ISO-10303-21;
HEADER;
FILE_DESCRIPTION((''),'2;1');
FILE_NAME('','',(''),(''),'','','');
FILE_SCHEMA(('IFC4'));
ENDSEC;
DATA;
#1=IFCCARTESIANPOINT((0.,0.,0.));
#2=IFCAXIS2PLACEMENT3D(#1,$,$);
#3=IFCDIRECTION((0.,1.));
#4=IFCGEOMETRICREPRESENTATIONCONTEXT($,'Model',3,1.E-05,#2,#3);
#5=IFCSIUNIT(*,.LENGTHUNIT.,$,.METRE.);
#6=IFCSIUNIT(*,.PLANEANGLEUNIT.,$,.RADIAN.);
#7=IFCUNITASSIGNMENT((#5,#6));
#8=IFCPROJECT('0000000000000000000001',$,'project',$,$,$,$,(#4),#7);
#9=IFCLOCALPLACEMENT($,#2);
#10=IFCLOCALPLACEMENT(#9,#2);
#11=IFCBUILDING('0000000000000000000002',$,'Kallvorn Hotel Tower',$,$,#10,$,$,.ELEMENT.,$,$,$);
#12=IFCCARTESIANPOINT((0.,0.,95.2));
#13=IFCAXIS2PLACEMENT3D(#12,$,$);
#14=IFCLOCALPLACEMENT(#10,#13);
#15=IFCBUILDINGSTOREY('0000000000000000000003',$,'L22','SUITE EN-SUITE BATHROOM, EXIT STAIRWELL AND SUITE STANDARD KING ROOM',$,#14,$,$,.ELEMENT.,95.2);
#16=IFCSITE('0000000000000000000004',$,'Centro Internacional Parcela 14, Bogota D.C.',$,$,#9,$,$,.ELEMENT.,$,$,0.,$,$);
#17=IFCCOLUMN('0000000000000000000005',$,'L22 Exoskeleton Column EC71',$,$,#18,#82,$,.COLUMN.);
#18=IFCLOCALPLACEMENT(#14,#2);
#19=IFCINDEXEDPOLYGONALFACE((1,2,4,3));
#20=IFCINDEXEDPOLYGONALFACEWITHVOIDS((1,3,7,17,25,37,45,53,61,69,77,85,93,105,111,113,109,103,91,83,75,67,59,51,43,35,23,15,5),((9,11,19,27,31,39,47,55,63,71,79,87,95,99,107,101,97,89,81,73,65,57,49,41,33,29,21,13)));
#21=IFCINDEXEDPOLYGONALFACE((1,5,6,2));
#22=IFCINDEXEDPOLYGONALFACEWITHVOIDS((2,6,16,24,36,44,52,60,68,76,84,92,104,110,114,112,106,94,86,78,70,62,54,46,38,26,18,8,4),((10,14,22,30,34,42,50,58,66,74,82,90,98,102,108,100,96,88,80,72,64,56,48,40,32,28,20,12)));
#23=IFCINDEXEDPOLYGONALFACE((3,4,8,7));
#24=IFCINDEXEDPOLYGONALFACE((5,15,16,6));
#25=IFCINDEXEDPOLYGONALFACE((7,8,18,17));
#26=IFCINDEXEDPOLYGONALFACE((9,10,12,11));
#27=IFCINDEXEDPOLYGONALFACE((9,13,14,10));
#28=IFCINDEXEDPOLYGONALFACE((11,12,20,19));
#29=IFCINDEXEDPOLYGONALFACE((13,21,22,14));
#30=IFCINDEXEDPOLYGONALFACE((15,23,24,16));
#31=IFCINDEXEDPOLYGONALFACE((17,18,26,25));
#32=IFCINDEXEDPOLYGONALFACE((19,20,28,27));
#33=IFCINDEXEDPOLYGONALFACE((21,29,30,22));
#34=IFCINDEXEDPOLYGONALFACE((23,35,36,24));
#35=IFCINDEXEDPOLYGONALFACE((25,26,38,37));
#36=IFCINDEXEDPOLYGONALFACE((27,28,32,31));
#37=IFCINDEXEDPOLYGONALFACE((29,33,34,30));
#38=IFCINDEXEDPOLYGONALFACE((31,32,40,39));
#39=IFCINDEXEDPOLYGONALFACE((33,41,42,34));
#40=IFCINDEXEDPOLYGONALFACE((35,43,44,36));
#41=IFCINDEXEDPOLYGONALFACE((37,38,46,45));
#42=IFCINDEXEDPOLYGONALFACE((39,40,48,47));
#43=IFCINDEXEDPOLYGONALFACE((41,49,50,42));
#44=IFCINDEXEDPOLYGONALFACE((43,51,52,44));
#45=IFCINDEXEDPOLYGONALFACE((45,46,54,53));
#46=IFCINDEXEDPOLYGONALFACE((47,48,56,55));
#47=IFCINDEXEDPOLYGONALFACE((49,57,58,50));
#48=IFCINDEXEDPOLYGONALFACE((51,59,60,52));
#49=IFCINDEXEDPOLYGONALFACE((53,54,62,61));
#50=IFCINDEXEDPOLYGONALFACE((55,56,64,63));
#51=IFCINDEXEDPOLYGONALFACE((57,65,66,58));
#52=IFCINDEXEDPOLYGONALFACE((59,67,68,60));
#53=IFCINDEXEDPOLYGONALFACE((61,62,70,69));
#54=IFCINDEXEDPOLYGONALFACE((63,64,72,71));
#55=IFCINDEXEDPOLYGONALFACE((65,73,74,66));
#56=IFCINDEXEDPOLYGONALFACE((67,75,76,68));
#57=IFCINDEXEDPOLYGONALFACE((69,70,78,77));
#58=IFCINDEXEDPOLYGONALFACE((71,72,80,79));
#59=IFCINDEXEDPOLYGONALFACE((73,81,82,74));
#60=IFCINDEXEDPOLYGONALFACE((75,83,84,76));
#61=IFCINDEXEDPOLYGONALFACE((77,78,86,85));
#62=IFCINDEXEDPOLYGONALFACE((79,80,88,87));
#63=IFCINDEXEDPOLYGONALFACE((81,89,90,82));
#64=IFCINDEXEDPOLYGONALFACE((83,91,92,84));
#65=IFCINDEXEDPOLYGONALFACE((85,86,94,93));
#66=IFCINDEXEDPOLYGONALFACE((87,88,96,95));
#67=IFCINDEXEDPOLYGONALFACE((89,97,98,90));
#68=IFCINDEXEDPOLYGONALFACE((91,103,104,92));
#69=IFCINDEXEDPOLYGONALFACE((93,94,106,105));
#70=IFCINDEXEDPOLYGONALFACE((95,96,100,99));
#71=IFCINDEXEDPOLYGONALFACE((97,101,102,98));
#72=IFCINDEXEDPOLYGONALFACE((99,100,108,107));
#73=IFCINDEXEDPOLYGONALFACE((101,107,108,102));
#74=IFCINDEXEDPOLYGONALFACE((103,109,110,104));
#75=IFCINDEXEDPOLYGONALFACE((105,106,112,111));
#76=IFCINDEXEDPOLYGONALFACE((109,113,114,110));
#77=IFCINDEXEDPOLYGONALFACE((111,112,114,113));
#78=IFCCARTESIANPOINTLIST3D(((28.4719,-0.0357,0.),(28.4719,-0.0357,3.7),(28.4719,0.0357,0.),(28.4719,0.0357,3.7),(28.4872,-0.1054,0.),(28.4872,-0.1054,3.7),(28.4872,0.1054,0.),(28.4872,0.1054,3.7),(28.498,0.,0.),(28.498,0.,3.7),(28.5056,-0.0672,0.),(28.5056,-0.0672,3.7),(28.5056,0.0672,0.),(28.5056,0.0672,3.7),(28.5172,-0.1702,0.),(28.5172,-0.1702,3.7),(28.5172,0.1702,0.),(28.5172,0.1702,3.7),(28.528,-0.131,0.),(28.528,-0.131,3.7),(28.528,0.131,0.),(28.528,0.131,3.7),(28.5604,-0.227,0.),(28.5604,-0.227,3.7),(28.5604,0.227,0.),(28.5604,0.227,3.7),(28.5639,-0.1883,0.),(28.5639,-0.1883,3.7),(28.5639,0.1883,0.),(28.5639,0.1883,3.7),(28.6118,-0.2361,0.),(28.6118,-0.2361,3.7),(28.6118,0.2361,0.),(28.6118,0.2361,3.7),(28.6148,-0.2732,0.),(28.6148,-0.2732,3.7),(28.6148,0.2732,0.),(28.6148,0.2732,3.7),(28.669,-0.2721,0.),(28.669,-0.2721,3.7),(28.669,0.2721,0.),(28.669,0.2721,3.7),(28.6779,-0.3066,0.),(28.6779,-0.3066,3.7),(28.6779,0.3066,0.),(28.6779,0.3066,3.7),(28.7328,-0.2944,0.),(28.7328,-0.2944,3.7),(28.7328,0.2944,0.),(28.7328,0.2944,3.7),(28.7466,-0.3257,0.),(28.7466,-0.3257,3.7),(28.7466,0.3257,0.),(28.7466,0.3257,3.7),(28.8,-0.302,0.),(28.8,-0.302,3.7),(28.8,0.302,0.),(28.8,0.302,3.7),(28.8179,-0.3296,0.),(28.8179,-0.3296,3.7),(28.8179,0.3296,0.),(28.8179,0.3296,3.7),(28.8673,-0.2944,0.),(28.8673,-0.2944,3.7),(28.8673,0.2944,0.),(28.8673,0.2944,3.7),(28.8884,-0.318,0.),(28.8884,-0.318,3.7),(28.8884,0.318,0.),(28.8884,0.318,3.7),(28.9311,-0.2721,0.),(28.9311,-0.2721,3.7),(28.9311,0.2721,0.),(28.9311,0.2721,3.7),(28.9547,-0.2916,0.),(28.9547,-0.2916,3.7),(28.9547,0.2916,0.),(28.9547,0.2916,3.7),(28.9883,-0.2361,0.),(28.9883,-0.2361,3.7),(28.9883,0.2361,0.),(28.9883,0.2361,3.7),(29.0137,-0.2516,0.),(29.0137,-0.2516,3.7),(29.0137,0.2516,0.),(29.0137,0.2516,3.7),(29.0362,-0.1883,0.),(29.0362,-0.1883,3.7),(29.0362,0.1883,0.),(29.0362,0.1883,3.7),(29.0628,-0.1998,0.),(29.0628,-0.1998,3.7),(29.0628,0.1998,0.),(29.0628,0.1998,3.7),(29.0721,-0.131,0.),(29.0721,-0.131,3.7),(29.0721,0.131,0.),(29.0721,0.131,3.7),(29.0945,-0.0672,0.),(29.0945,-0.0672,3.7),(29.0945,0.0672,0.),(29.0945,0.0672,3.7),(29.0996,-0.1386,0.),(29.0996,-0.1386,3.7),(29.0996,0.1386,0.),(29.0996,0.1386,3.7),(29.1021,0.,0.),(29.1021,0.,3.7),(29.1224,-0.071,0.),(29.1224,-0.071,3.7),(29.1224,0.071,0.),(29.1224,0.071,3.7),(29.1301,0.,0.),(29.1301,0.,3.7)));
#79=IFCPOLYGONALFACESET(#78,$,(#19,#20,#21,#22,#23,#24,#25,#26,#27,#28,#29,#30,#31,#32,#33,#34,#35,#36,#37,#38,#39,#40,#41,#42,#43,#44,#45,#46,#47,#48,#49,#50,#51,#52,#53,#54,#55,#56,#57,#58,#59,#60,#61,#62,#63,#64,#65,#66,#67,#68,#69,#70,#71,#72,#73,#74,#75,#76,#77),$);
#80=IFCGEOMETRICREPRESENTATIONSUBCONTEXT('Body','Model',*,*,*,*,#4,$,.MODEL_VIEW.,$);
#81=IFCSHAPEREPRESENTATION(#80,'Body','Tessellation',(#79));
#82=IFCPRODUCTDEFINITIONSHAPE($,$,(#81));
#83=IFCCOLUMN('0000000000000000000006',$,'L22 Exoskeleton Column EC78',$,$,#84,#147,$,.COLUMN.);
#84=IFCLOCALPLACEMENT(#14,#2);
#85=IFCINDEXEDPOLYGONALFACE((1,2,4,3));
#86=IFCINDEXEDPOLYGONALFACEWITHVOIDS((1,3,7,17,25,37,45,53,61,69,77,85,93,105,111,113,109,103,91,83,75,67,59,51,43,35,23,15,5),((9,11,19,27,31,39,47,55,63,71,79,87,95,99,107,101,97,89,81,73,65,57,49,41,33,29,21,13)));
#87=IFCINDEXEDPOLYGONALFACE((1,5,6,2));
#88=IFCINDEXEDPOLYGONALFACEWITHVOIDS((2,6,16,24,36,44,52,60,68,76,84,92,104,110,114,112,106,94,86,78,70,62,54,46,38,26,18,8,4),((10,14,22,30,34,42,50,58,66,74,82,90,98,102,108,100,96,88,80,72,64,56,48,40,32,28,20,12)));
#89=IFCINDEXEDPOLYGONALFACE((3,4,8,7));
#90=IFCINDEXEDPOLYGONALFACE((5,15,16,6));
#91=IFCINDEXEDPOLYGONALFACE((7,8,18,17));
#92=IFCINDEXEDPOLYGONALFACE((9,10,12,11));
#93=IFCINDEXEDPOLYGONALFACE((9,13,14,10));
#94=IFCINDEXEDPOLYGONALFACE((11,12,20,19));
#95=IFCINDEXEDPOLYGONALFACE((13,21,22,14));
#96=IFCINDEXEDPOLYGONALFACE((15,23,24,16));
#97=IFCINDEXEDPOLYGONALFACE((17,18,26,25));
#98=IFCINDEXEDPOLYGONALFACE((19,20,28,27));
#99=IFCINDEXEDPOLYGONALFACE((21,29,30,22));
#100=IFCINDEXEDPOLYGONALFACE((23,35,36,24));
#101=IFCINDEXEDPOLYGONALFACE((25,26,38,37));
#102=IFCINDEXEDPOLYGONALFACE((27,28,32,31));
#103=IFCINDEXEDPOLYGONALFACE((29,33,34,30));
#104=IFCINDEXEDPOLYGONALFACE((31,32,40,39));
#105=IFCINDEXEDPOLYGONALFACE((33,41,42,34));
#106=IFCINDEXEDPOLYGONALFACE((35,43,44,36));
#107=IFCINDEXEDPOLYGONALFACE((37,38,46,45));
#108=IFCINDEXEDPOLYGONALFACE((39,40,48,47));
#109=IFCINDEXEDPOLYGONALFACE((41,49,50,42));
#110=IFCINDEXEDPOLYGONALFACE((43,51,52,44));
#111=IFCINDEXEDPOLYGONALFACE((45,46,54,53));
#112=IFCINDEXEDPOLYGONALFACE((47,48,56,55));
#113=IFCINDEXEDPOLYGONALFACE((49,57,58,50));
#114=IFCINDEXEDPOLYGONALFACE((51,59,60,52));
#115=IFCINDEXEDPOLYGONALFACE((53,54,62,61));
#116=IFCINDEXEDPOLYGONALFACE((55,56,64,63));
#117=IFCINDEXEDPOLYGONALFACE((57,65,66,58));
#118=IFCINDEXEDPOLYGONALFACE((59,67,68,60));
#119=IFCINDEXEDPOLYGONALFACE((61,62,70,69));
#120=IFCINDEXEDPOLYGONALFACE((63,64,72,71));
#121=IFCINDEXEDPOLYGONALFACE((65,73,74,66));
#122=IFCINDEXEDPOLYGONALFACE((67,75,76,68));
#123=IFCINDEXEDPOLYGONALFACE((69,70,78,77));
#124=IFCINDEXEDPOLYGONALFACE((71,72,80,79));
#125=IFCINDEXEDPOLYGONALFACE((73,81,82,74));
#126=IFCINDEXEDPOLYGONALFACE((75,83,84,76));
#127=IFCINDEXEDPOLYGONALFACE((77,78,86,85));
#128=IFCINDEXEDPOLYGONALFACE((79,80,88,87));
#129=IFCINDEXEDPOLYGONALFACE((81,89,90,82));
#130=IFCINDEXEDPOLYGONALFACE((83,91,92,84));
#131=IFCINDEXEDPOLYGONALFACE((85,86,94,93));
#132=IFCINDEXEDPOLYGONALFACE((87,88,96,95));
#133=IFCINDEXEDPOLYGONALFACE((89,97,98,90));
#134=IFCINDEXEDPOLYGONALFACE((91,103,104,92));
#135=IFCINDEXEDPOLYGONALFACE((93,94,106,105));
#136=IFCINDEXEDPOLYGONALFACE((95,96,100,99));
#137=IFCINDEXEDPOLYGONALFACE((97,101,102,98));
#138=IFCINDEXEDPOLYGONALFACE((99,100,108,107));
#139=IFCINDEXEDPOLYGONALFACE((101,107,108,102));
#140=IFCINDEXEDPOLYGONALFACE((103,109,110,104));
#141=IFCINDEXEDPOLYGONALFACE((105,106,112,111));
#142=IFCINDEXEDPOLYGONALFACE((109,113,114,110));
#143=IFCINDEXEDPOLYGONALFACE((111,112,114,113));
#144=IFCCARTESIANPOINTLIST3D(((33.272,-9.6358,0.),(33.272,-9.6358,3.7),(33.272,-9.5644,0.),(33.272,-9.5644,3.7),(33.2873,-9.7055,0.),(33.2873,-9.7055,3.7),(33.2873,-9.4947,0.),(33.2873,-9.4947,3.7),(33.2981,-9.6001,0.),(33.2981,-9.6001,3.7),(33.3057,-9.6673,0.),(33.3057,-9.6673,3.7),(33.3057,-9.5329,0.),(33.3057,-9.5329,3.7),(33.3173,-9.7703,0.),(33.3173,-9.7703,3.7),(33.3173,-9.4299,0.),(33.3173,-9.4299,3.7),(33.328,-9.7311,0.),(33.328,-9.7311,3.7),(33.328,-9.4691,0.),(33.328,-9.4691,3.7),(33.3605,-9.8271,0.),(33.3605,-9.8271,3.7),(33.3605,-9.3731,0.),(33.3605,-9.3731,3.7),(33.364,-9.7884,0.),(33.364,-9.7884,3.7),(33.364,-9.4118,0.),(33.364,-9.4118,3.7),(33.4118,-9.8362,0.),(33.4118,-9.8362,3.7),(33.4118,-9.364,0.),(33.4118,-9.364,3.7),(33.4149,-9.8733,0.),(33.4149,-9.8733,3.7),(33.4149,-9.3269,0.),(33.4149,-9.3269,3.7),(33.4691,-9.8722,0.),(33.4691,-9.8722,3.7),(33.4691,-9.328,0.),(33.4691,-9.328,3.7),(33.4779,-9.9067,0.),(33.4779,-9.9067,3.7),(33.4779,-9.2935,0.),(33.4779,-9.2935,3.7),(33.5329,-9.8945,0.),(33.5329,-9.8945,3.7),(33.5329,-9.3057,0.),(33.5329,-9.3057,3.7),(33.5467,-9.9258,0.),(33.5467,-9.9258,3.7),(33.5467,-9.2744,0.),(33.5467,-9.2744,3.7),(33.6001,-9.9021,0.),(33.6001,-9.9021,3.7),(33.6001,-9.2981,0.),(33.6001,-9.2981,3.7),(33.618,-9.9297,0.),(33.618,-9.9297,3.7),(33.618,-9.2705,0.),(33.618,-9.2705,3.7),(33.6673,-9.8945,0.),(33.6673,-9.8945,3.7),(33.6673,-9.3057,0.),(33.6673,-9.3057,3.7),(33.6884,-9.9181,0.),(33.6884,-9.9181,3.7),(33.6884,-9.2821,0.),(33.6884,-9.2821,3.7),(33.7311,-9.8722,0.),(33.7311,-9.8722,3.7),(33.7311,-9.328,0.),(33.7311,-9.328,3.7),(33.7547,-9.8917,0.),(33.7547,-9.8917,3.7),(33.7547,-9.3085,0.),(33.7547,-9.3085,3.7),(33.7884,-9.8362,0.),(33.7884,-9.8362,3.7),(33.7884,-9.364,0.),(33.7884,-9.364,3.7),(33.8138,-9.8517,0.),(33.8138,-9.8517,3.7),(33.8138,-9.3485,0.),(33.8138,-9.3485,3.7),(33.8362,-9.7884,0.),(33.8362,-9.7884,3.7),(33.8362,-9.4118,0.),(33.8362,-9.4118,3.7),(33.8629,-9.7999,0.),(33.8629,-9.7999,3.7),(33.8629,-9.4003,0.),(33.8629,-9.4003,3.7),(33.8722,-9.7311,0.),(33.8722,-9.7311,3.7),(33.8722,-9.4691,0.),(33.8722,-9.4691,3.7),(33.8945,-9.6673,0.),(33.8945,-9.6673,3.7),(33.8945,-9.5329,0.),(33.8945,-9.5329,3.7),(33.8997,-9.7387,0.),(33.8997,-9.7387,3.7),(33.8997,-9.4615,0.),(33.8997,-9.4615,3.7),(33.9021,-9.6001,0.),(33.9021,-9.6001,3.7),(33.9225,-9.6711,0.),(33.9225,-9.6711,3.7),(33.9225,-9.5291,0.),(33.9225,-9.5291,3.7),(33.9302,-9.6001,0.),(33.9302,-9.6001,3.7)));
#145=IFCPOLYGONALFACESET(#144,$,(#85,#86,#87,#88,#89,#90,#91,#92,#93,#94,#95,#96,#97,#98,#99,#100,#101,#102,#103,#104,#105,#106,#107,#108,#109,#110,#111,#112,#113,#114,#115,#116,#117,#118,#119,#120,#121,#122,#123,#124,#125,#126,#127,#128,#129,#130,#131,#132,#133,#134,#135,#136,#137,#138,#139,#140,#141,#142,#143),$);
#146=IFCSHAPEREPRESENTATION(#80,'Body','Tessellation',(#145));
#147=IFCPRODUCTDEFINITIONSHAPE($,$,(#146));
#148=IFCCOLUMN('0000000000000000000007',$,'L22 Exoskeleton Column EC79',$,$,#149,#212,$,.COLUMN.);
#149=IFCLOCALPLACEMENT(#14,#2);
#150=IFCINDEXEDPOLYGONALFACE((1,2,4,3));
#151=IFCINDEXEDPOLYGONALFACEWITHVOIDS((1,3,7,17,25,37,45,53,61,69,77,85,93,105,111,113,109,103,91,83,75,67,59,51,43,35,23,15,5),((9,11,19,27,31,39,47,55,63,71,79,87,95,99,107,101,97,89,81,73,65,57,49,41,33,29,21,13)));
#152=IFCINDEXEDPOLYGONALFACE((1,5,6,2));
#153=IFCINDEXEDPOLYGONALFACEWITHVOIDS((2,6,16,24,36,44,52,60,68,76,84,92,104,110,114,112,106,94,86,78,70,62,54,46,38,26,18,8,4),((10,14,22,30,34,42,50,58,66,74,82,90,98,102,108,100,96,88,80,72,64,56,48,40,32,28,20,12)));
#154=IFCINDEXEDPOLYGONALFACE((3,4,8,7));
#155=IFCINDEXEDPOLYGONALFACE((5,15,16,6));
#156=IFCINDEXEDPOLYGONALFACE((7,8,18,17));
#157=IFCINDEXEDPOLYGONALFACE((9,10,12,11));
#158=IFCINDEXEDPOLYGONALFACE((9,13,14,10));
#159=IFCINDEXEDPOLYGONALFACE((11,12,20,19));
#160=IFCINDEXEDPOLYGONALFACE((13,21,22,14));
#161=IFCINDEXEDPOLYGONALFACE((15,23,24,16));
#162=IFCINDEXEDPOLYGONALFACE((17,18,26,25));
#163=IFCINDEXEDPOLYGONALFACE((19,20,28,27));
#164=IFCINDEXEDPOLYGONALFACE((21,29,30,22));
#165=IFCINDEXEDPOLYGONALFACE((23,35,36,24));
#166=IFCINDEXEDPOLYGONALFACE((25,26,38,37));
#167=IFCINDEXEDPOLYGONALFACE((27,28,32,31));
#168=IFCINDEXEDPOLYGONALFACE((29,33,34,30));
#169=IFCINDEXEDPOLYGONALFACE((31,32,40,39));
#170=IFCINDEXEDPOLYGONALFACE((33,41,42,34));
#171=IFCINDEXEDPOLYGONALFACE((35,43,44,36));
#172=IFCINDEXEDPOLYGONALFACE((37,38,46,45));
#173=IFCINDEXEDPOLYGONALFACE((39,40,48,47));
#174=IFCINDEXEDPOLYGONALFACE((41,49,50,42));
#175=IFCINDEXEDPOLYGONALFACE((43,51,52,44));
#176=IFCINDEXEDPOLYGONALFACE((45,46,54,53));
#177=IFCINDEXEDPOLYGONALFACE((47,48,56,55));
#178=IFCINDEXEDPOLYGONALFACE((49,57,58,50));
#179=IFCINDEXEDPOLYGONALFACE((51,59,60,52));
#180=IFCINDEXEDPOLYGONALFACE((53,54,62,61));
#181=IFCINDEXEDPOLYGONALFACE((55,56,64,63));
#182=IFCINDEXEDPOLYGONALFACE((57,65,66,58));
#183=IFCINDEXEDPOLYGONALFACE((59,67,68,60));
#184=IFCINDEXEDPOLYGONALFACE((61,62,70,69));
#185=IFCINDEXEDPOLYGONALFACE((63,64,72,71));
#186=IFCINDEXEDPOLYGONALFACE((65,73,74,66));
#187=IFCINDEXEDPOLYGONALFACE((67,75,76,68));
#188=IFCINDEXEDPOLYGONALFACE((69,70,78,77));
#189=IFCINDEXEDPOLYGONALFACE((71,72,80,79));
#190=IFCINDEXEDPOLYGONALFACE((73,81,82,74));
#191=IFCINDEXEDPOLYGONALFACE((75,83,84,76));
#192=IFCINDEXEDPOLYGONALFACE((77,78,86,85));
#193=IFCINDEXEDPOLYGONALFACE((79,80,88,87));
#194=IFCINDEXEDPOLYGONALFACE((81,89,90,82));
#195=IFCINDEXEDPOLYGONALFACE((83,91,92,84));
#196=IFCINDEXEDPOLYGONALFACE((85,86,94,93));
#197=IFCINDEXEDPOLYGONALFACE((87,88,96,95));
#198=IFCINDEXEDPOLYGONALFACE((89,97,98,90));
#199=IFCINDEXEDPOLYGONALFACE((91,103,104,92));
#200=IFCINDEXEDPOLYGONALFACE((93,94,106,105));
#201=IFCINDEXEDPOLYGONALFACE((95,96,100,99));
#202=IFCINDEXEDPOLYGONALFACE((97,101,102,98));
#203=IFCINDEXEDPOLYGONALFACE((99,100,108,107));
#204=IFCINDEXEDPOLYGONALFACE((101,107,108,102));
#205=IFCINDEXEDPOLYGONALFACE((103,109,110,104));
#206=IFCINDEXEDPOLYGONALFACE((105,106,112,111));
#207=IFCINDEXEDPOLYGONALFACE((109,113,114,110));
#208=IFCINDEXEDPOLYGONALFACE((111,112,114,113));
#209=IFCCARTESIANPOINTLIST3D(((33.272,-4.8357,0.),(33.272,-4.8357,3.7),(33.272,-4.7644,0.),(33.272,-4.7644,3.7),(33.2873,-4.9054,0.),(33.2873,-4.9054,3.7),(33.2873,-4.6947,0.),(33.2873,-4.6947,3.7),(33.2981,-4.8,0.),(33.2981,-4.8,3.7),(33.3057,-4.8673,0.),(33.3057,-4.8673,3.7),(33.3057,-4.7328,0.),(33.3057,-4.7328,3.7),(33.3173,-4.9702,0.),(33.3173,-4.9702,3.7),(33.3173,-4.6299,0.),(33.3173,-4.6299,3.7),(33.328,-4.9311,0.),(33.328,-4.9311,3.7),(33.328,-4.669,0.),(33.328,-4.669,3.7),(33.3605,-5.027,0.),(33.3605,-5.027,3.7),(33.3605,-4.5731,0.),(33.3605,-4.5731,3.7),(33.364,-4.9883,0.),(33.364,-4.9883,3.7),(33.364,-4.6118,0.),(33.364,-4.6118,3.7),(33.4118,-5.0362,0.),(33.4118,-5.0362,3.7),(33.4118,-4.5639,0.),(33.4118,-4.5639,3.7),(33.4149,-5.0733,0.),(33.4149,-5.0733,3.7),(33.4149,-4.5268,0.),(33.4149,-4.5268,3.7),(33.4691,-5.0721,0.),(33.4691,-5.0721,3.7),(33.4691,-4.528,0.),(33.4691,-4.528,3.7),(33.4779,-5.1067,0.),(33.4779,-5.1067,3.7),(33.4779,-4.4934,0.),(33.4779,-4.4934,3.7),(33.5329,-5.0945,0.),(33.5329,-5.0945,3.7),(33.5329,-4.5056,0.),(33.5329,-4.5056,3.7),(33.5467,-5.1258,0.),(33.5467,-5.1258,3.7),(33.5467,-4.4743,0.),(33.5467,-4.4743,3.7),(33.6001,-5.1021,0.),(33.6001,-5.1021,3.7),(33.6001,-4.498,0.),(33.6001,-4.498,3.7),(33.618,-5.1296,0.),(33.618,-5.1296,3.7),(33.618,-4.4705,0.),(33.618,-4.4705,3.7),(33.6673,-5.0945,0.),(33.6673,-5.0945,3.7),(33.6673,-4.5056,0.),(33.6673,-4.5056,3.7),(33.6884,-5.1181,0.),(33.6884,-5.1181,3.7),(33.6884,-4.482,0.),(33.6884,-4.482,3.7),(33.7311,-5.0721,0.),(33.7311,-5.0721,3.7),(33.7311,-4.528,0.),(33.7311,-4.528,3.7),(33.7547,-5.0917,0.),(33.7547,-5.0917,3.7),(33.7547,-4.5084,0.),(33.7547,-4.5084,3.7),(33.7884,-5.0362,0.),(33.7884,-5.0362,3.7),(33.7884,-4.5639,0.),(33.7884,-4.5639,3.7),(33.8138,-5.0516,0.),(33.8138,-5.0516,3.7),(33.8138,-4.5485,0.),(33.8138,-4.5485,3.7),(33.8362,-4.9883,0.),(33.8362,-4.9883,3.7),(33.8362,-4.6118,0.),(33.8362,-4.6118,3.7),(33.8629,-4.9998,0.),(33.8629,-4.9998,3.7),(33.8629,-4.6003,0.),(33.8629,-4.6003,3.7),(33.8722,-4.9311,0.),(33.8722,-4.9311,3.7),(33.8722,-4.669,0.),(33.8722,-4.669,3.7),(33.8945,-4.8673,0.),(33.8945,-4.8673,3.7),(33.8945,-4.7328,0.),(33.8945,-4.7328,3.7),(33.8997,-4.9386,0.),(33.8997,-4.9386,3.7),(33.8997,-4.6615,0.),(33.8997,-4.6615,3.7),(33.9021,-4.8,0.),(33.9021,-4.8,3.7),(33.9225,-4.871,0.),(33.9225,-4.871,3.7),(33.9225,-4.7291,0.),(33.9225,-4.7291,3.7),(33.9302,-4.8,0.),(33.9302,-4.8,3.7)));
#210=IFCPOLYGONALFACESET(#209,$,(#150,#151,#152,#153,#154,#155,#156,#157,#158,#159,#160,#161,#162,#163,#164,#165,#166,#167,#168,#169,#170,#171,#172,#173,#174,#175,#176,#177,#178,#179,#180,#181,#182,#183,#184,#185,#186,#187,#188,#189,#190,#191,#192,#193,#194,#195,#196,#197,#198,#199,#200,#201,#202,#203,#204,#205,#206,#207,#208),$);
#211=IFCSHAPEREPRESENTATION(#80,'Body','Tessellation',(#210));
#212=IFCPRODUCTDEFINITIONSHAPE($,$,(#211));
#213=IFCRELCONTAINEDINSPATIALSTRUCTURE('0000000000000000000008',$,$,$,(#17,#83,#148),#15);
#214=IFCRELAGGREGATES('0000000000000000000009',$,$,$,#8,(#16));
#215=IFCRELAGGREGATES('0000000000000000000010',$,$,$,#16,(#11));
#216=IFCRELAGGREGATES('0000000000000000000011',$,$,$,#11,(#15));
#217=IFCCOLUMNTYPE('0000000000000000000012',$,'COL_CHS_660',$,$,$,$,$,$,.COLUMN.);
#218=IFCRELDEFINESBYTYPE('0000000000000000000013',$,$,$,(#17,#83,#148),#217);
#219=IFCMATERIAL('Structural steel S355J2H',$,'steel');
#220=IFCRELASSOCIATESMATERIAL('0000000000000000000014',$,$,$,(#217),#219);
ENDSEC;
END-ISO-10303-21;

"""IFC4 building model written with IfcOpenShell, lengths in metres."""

from ifc_helpers import new_model, si_unit, direction, frame, origin, origin_2d, place, context, subcontext, project, spatial, hollow_circle, extrude, material, material_profile, profile_set, type_object, element, save


model = new_model("IFC4")

# Units and contexts
model_context = context("Model", 3, precision=1e-05, world=origin(), true_north=direction((0.0, 1.0)))
body_context = subcontext(model_context, "Body", "Model", "MODEL_VIEW")
ifc_project = project(units=[si_unit("LENGTHUNIT", "METRE"), si_unit("PLANEANGLEUNIT", "RADIAN")], contexts=[model_context])

# Site, building, storey
site_placement = place(None, origin())
site = spatial("IfcSite", under=ifc_project, at=site_placement, Name="Centro Internacional Parcela 14, Bogota D.C.", CompositionType="ELEMENT", RefElevation=0.0)
building_placement = place(site_placement, origin())
building = spatial("IfcBuilding", under=site, at=building_placement, Name="Kallvorn Hotel Tower", CompositionType="ELEMENT")
storey_placement = place(building_placement, frame((0.0, 0.0, 95.2)))
storey = spatial("IfcBuildingStorey", under=building, at=storey_placement, Name="L22", Description="SUITE EN-SUITE BATHROOM, EXIT STAIRWELL AND SUITE STANDARD KING ROOM", CompositionType="ELEMENT", Elevation=95.2)

# Columns
ifc_material_1 = material(Name="Structural steel S355J2H", Category="steel")
ifc_material_profile_1 = material_profile(ifc_material_1, hollow_circle(Radius=0.3301, WallThickness=0.0281, at=origin_2d()), Name="CHS 660x28")
ifc_profile_set_1 = profile_set([ifc_material_profile_1], Name="Structural steel S355J2H")
column_type_1 = type_object("IfcColumnType", Name="COL_CHS_660", PredefinedType="COLUMN", material=ifc_profile_set_1)
for number, where, z_axis, x_axis, name in (
    (1, (28.8, 0.0, 0.0), (0.0, 0.0, 1.0), (1.0, 0.0, 0.0), "L22 Exoskeleton Column EC71"),
    (2, (33.6001, -9.6001, 0.0), (0.0, 0.0, 1.0), (1.0, 0.0, 0.0), "L22 Exoskeleton Column EC78"),
    (3, (33.6001, -4.8, 0.0), (0.0, 0.0, 1.0), (1.0, 0.0, 0.0), "L22 Exoskeleton Column EC79"),
):
    element("IfcColumn", number, at=place(storey_placement, frame(where, z_axis=z_axis, x_axis=x_axis)), inside=storey, type_object=column_type_1, Name=name, PredefinedType="COLUMN", context=body_context, shape_type="SweptSolid", body=[
        extrude(hollow_circle(Radius=0.3301, WallThickness=0.0281, at=origin_2d()), origin(), (0.0, 0.0, 1.0), 3.7),
    ])

save(model, "model.ifc")
